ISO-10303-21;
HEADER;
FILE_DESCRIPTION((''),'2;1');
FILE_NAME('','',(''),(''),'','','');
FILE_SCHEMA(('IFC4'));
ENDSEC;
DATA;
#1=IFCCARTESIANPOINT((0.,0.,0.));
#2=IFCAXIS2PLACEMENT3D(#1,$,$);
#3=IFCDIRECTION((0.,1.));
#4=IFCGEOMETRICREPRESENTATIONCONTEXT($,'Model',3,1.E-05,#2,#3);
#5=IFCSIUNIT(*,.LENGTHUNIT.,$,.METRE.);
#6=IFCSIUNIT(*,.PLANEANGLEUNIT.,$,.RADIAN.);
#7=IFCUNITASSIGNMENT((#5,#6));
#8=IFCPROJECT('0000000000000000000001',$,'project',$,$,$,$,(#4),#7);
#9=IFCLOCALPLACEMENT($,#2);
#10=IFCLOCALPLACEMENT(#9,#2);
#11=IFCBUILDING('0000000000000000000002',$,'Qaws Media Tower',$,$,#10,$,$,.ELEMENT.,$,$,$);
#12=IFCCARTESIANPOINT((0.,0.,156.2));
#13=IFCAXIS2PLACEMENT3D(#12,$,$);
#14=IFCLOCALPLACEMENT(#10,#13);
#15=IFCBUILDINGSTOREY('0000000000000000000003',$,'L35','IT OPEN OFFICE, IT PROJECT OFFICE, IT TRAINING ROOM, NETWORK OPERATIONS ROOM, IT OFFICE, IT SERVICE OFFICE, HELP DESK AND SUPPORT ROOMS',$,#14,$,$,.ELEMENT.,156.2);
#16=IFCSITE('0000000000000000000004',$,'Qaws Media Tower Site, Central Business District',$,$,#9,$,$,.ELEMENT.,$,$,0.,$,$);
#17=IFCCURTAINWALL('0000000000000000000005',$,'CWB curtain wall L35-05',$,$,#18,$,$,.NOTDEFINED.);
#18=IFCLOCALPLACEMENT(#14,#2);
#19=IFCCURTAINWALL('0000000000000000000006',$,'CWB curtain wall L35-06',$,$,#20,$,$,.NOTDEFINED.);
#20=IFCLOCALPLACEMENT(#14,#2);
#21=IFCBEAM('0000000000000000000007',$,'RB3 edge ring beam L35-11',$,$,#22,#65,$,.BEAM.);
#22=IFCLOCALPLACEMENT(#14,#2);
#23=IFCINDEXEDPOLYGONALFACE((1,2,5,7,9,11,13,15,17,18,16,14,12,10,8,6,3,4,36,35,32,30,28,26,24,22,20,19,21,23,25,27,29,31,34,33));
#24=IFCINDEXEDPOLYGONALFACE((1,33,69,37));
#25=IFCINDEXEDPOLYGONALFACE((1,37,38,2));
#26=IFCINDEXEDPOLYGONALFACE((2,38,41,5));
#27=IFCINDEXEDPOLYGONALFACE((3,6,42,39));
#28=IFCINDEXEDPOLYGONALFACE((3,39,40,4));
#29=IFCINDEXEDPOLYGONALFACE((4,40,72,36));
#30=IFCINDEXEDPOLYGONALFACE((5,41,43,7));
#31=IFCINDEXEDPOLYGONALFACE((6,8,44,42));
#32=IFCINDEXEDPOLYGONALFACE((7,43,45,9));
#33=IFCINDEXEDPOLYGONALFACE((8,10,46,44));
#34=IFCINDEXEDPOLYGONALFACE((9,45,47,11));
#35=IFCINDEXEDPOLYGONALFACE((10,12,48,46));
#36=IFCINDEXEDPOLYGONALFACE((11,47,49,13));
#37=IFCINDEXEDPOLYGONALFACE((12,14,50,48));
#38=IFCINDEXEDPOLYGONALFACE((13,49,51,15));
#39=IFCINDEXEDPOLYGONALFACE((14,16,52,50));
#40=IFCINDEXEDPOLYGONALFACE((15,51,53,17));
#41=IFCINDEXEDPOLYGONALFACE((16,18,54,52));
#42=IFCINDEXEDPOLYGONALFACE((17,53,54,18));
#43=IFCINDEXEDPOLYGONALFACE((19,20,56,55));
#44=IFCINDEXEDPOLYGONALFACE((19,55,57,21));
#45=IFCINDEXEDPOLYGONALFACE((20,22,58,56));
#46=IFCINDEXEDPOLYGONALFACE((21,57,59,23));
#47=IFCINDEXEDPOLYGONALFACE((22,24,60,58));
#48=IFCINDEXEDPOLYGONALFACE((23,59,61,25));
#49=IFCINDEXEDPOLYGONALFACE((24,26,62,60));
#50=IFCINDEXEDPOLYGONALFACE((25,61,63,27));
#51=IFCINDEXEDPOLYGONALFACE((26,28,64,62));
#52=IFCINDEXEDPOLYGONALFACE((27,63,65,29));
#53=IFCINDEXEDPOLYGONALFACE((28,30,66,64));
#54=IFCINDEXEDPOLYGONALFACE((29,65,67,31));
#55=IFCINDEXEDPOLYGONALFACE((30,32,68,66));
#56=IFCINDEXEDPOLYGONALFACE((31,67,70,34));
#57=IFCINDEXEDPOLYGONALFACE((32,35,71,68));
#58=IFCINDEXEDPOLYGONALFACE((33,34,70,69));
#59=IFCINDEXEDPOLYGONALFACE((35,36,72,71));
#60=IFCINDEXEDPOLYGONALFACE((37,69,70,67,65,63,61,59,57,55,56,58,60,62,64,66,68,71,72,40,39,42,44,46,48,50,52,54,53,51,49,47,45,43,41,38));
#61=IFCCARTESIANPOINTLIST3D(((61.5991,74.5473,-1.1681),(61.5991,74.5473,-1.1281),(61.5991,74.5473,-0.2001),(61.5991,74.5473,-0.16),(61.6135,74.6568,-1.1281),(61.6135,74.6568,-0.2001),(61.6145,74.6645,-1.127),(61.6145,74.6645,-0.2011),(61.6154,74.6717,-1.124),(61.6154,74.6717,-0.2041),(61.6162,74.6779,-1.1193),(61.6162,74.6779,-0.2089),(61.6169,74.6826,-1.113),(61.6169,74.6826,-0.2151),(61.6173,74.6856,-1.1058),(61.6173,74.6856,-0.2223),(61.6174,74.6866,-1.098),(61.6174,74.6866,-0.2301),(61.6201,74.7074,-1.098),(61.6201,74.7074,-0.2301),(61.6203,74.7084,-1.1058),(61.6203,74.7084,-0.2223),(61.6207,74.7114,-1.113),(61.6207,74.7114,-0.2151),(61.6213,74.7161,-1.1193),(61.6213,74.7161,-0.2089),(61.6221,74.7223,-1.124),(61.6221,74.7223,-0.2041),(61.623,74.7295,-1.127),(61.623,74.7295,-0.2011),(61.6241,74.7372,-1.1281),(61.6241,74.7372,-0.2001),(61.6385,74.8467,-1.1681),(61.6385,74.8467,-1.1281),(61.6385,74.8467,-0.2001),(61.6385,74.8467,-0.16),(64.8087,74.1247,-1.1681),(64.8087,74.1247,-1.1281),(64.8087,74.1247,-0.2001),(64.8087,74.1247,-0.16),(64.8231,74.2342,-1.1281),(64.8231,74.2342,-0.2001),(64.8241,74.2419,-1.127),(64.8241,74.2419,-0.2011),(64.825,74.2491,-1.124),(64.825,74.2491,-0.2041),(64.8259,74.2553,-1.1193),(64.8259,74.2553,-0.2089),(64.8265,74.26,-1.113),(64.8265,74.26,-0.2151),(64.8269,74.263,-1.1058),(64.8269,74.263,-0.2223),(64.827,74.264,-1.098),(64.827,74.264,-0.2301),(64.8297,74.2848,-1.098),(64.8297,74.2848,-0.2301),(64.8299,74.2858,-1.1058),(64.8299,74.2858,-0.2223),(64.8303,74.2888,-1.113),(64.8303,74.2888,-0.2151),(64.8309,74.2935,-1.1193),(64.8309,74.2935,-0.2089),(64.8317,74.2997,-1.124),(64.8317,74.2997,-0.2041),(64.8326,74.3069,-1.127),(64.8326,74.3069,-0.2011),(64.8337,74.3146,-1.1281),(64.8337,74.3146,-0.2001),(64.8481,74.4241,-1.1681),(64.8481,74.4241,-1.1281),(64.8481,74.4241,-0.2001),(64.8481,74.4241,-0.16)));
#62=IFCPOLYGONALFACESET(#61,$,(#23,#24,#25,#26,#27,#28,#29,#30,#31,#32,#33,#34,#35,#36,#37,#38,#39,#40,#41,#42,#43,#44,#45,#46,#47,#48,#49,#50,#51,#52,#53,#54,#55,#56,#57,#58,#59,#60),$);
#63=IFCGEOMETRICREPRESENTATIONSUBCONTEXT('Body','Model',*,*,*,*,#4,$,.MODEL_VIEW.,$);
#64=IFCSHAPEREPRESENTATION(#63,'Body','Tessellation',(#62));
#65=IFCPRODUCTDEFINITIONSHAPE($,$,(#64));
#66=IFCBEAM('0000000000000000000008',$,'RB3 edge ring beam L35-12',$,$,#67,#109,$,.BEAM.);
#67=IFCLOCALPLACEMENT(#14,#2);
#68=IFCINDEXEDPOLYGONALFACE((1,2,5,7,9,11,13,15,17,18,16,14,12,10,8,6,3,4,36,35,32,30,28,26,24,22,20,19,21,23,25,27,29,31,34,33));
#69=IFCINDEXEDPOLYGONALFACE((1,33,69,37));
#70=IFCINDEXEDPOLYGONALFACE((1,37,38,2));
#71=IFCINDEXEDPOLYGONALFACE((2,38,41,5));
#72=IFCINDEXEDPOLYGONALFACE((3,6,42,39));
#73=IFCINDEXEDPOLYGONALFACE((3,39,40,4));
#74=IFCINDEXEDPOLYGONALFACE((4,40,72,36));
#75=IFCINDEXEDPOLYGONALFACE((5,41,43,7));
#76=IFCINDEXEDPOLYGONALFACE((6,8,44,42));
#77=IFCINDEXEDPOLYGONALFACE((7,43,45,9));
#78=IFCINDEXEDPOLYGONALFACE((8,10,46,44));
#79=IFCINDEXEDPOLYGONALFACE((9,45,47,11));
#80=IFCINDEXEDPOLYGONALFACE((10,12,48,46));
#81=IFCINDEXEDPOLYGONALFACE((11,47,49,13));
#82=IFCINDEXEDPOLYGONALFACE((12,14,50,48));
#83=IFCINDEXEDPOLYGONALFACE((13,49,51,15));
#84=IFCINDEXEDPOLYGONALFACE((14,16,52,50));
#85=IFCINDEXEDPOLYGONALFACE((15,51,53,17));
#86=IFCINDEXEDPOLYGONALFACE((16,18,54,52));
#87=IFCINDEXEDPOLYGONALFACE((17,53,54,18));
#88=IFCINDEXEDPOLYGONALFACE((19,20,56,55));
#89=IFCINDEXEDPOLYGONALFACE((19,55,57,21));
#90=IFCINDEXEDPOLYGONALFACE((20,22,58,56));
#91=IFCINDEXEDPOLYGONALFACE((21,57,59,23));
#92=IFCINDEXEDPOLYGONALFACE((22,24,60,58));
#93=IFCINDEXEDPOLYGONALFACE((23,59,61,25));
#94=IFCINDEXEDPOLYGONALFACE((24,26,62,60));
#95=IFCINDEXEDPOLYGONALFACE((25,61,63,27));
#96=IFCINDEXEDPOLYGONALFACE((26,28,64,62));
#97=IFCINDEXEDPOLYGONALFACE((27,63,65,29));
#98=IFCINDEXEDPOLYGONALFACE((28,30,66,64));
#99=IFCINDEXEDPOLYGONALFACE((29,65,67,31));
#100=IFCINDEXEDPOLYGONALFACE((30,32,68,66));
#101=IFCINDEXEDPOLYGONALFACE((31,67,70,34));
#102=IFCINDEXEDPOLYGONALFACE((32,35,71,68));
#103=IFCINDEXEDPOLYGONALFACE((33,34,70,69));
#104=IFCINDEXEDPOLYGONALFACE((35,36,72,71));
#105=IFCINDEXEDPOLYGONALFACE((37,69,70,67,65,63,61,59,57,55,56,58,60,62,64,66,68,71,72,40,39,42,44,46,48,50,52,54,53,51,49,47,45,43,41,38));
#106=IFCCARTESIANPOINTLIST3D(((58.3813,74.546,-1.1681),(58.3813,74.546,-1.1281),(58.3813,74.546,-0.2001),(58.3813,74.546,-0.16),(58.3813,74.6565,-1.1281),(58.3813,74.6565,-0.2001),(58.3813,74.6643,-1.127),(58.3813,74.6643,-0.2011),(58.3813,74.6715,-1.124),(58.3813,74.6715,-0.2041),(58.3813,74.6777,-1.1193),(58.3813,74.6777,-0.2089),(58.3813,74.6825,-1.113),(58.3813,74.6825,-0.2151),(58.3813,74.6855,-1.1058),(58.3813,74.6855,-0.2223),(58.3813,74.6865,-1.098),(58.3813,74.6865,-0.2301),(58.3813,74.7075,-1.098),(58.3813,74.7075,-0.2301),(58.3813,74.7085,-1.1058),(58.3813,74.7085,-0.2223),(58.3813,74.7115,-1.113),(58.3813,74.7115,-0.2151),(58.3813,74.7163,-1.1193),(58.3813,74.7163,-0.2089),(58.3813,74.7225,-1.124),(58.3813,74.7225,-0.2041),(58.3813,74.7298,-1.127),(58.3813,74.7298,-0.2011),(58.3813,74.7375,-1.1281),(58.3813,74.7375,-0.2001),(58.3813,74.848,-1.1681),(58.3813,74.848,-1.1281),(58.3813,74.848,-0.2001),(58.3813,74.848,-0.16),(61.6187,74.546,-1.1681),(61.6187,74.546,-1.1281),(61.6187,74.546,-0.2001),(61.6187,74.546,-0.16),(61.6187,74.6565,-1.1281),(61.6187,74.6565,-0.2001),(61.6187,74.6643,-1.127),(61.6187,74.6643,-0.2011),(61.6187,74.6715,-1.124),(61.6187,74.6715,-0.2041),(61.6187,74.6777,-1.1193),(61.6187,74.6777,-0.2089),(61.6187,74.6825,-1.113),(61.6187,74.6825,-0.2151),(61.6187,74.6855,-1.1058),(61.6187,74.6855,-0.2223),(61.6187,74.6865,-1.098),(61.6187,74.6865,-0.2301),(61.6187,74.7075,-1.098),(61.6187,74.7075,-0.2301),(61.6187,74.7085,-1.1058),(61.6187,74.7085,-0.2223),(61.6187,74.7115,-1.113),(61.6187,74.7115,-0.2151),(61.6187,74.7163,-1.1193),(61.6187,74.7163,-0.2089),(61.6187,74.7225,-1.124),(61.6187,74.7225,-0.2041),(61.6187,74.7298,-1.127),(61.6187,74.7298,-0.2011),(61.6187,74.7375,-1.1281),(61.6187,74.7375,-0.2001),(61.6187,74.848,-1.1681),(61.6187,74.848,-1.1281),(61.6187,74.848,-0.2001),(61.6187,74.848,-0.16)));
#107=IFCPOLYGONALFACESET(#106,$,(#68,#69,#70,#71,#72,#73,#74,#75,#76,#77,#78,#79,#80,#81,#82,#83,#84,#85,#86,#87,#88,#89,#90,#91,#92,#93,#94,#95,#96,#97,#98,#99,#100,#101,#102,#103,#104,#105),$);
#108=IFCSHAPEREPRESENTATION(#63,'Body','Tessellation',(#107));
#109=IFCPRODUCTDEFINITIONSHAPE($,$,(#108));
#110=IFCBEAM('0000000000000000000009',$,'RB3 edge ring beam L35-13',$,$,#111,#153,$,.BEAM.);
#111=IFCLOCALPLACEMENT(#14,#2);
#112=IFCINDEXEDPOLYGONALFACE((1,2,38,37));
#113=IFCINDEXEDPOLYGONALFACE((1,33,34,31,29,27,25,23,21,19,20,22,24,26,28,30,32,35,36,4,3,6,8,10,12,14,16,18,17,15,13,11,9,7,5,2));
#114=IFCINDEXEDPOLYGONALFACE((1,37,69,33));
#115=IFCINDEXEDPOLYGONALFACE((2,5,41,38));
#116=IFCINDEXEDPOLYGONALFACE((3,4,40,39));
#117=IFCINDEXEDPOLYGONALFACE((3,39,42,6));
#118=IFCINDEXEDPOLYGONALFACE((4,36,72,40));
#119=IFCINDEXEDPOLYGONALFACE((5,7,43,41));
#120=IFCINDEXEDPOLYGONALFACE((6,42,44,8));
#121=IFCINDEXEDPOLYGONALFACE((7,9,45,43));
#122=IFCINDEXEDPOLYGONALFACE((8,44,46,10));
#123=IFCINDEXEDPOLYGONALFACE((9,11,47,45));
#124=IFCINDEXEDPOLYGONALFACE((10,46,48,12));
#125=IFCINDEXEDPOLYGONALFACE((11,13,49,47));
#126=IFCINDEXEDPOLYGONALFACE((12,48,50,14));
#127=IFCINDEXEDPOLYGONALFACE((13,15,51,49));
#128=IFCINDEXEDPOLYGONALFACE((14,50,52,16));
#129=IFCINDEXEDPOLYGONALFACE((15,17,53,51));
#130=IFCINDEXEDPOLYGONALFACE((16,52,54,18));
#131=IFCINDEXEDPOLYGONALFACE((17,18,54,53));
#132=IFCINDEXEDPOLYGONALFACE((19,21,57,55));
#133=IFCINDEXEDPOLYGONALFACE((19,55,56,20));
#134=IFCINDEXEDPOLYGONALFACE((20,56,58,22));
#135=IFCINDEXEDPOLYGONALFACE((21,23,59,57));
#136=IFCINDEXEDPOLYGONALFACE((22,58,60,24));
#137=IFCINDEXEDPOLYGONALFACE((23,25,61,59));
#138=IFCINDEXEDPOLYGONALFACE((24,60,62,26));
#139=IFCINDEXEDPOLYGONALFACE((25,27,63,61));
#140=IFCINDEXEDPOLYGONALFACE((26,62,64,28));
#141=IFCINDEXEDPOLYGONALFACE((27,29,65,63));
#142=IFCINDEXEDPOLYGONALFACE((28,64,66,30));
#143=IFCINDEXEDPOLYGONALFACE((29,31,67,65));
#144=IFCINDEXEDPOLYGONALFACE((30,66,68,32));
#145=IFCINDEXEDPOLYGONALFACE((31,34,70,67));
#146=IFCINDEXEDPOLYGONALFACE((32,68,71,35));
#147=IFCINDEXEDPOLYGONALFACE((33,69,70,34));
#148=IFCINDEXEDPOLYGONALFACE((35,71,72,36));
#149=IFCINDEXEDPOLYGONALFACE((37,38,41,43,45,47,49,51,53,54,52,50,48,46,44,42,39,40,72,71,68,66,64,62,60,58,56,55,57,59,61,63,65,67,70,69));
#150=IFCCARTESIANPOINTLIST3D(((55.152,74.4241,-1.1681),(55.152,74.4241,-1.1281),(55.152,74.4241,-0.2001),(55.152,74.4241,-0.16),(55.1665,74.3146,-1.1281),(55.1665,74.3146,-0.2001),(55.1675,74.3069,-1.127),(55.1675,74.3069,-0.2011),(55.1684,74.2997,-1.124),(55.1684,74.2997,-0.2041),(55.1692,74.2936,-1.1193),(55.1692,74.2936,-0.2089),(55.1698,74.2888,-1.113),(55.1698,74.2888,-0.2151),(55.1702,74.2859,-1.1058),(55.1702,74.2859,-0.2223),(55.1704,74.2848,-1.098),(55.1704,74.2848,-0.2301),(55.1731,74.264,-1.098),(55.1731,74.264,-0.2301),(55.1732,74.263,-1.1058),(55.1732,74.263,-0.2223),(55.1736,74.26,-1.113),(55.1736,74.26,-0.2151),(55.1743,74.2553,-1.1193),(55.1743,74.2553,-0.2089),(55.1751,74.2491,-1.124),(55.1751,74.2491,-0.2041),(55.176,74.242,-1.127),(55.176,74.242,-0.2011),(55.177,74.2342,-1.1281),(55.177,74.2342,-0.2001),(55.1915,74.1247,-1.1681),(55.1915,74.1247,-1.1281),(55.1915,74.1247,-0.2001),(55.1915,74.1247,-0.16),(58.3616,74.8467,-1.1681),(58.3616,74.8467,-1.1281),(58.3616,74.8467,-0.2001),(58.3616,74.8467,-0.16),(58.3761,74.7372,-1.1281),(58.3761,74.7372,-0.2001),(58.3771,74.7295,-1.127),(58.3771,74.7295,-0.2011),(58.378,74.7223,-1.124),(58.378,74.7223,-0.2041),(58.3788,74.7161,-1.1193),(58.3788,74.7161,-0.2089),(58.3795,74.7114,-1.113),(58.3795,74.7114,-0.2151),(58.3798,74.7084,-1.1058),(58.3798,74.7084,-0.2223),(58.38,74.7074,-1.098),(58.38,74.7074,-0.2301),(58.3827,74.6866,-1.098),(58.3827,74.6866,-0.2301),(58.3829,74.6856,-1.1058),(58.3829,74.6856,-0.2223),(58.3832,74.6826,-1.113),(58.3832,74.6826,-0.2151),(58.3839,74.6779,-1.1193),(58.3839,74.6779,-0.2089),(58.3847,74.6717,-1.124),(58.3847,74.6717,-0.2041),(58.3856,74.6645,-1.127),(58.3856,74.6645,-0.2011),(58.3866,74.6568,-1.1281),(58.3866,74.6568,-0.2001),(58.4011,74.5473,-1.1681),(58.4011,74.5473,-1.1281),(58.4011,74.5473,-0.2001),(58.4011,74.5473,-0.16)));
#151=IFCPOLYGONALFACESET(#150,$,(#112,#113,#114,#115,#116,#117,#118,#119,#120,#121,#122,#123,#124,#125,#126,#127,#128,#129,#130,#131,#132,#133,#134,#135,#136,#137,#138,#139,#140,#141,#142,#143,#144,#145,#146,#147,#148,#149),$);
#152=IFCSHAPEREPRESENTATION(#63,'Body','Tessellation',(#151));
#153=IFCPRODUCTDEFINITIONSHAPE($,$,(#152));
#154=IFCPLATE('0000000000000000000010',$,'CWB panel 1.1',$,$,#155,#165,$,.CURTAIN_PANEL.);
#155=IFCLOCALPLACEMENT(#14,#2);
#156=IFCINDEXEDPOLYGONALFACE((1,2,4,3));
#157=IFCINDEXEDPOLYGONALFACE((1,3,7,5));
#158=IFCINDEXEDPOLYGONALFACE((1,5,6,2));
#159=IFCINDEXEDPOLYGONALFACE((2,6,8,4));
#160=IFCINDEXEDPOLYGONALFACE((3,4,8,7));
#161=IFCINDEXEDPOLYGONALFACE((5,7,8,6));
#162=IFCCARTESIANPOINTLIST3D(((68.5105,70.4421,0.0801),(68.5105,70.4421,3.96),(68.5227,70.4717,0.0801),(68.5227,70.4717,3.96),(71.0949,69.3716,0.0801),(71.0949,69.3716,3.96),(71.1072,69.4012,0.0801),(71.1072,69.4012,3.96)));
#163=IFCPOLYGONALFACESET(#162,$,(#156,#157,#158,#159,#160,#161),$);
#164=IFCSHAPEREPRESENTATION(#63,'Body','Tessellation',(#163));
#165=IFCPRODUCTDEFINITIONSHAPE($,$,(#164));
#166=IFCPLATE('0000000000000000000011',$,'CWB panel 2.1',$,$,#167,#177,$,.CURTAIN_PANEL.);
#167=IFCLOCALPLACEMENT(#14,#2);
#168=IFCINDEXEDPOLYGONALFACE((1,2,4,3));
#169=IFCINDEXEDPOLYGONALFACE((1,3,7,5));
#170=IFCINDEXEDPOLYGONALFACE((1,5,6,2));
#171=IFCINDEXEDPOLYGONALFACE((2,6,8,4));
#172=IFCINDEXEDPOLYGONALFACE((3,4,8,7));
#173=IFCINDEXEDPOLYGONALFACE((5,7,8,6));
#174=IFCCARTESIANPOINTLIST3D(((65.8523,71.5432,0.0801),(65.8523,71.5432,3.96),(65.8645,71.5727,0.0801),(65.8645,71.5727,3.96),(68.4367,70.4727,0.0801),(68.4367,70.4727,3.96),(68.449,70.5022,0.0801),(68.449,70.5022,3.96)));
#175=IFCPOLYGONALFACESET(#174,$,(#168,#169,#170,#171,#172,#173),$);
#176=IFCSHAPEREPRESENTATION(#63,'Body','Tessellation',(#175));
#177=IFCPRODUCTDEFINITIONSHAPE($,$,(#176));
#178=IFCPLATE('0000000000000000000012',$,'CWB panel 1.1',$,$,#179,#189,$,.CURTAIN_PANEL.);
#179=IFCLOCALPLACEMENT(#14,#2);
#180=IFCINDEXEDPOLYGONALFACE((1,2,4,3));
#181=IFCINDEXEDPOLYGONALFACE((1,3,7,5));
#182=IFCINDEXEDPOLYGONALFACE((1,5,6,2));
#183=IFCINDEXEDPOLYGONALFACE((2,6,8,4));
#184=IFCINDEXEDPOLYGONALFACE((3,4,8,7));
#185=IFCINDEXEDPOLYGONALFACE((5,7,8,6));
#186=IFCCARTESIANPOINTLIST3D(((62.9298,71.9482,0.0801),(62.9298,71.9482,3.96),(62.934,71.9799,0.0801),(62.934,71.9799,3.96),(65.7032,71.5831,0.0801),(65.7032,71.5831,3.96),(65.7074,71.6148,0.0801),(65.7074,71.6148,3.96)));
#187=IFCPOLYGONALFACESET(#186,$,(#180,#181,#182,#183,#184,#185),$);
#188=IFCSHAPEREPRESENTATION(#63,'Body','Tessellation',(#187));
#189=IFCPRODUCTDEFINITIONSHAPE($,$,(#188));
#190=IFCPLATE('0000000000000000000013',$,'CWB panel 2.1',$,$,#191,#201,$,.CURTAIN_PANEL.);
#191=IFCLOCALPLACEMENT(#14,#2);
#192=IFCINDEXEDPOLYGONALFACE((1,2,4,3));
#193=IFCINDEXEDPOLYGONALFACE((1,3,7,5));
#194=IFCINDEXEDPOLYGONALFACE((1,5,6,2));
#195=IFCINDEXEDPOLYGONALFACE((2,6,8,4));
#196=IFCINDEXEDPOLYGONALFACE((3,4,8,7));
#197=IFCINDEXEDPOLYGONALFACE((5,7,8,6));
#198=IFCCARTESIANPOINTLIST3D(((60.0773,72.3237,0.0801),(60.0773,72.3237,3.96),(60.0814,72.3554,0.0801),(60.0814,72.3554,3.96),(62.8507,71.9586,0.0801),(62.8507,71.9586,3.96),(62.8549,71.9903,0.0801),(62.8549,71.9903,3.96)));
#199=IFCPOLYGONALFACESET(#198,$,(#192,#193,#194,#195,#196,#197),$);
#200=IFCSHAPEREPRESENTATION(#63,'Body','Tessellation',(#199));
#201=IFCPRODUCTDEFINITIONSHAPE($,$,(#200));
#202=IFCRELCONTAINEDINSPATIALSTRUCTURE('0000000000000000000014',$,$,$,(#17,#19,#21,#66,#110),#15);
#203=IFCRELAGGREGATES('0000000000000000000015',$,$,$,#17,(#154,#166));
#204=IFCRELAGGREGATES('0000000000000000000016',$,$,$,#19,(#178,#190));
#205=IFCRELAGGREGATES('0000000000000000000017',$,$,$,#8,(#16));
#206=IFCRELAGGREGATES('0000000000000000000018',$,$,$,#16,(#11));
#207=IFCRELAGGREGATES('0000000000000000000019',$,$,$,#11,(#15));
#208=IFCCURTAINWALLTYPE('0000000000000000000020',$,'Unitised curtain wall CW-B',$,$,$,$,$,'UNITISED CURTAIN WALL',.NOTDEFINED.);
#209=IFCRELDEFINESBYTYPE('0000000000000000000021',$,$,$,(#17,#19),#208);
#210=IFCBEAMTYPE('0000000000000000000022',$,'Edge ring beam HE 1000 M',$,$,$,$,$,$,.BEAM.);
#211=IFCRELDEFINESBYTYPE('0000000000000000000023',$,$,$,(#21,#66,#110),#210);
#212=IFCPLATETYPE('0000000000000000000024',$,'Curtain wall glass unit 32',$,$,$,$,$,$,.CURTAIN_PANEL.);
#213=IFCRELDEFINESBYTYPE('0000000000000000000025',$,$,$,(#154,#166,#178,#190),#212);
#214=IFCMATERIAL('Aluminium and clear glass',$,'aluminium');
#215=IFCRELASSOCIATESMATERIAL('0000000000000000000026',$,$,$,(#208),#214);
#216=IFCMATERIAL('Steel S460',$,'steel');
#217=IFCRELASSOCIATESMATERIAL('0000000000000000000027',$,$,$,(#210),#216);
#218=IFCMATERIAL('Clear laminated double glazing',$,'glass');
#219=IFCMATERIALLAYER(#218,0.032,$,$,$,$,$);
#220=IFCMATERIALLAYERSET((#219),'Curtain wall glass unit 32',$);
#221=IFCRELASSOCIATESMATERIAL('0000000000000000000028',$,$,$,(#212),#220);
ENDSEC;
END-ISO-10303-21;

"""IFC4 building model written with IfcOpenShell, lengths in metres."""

from ifc_helpers import new_model, si_unit, direction, frame, origin, origin_2d, place, context, subcontext, project, spatial, rectangle, i_section, extrude, material, layer, layer_set, material_profile, profile_set, type_object, element, aggregate, save


model = new_model("IFC4")

# Units and contexts
model_context = context("Model", 3, precision=1e-05, world=origin(), true_north=direction((0.0, 1.0)))
body_context = subcontext(model_context, "Body", "Model", "MODEL_VIEW")
ifc_project = project(units=[si_unit("LENGTHUNIT", "METRE"), si_unit("PLANEANGLEUNIT", "RADIAN")], contexts=[model_context])

# Site, building, storey
site_placement = place(None, origin())
site = spatial("IfcSite", under=ifc_project, at=site_placement, Name="Qaws Media Tower Site, Central Business District", CompositionType="ELEMENT", RefElevation=0.0)
building_placement = place(site_placement, origin())
building = spatial("IfcBuilding", under=site, at=building_placement, Name="Qaws Media Tower", CompositionType="ELEMENT")
storey_placement = place(building_placement, frame((0.0, 0.0, 156.2)))
storey = spatial("IfcBuildingStorey", under=building, at=storey_placement, Name="L35", Description="IT OPEN OFFICE, IT PROJECT OFFICE, IT TRAINING ROOM, NETWORK OPERATIONS ROOM, IT OFFICE, IT SERVICE OFFICE, HELP DESK AND SUPPORT ROOMS", CompositionType="ELEMENT", Elevation=156.2)

# Curtain walls
ifc_material_1 = material(Name="Aluminium and clear glass", Category="aluminium")
curtain_wall_type = type_object("IfcCurtainWallType", Name="Unitised curtain wall CW-B", ElementType="UNITISED CURTAIN WALL", PredefinedType="NOTDEFINED", material=ifc_material_1)
curtain_wall_1_placement = place(storey_placement, origin())
curtain_wall_1 = element("IfcCurtainWall", 1, at=curtain_wall_1_placement, inside=storey, type_object=curtain_wall_type, Name="CWB curtain wall L35-05", PredefinedType="NOTDEFINED")
curtain_wall_2_placement = place(storey_placement, origin())
curtain_wall_2 = element("IfcCurtainWall", 2, at=curtain_wall_2_placement, inside=storey, type_object=curtain_wall_type, Name="CWB curtain wall L35-06", PredefinedType="NOTDEFINED")

# Beams
ifc_material_2 = material(Name="Steel S460", Category="steel")
ifc_material_profile_1 = material_profile(ifc_material_2, i_section(OverallWidth=0.302, OverallDepth=1.0081, WebThickness=0.021, FlangeThickness=0.04, FilletRadius=0.03, at=origin_2d()), Name="HE 1000 M")
ifc_profile_set_1 = profile_set([ifc_material_profile_1], Name="Steel S460")
beam_type = type_object("IfcBeamType", Name="Edge ring beam HE 1000 M", PredefinedType="BEAM", material=ifc_profile_set_1)
for number, where, z_axis, x_axis, name in (
    (3, (64.8284, 74.2744, -0.6641), (-0.991443, 0.130538, 0.0), (-0.130538, -0.991443, 0.0), "RB3 edge ring beam L35-11"),
    (4, (61.6187, 74.697, -0.6641), (-1.0, 0.0, 0.0), (0.0, -1.0, 0.0), "RB3 edge ring beam L35-12"),
    (5, (58.3813, 74.697, -0.6641), (-0.991443, -0.130538, 0.0), (0.130538, -0.991443, 0.0), "RB3 edge ring beam L35-13"),
):
    element("IfcBeam", number, at=place(storey_placement, frame(where, z_axis=z_axis, x_axis=x_axis)), inside=storey, type_object=beam_type, Name=name, PredefinedType="BEAM", context=body_context, shape_type="SweptSolid", body=[
        extrude(i_section(OverallWidth=0.302, OverallDepth=1.0081, WebThickness=0.021, FlangeThickness=0.04, FilletRadius=0.03, at=origin_2d()), origin(), (0.0, 0.0, 1.0), 3.2373),
    ])

# Plates
ifc_material_3 = material(Name="Clear laminated double glazing", Category="glass")
ifc_layer_1 = layer(ifc_material_3, 0.032)
ifc_layer_set_1 = layer_set([ifc_layer_1], Name="Curtain wall glass unit 32")
plate_type_1 = type_object("IfcPlateType", Name="Curtain wall glass unit 32", PredefinedType="CURTAIN_PANEL", material=ifc_layer_set_1)
plate_1_placement = place(storey_placement, frame((69.8088, 69.9216, 0.0801), z_axis=(0.0, 0.0, 1.0), x_axis=(-0.92388, 0.382683, 0.0)))
plate_1 = element("IfcPlate", 6, at=plate_1_placement, type_object=plate_type_1, Name="CWB panel 1.1", PredefinedType="CURTAIN_PANEL", context=body_context, shape_type="SweptSolid", body=[
    extrude(rectangle(XDim=2.7974, YDim=0.032, at=origin_2d()), origin(), (0.0, 0.0, 1.0), 3.8799),
])
plate_2_placement = place(storey_placement, frame((67.1506, 71.0227, 0.0801), z_axis=(0.0, 0.0, 1.0), x_axis=(-0.92388, 0.382683, 0.0)))
plate_2 = element("IfcPlate", 7, at=plate_2_placement, type_object=plate_type_1, Name="CWB panel 2.1", PredefinedType="CURTAIN_PANEL", context=body_context, shape_type="SweptSolid", body=[
    extrude(rectangle(XDim=2.7974, YDim=0.032, at=origin_2d()), origin(), (0.0, 0.0, 1.0), 3.8799),
])
aggregate(curtain_wall_1, [plate_1, plate_2])
plate_3_placement = place(storey_placement, frame((64.3186, 71.7815, 0.0801), z_axis=(0.0, 0.0, 1.0), x_axis=(-0.991445, 0.130526, 0.0)))
plate_3 = element("IfcPlate", 8, at=plate_3_placement, type_object=plate_type_1, Name="CWB panel 1.1", PredefinedType="CURTAIN_PANEL", context=body_context, shape_type="SweptSolid", body=[
    extrude(rectangle(XDim=2.7974, YDim=0.032, at=origin_2d()), origin(), (0.0, 0.0, 1.0), 3.8799),
])
plate_4_placement = place(storey_placement, frame((61.4661, 72.157, 0.0801), z_axis=(0.0, 0.0, 1.0), x_axis=(-0.991445, 0.130526, 0.0)))
plate_4 = element("IfcPlate", 9, at=plate_4_placement, type_object=plate_type_1, Name="CWB panel 2.1", PredefinedType="CURTAIN_PANEL", context=body_context, shape_type="SweptSolid", body=[
    extrude(rectangle(XDim=2.7974, YDim=0.032, at=origin_2d()), origin(), (0.0, 0.0, 1.0), 3.8799),
])
aggregate(curtain_wall_2, [plate_3, plate_4])

save(model, "model.ifc")
